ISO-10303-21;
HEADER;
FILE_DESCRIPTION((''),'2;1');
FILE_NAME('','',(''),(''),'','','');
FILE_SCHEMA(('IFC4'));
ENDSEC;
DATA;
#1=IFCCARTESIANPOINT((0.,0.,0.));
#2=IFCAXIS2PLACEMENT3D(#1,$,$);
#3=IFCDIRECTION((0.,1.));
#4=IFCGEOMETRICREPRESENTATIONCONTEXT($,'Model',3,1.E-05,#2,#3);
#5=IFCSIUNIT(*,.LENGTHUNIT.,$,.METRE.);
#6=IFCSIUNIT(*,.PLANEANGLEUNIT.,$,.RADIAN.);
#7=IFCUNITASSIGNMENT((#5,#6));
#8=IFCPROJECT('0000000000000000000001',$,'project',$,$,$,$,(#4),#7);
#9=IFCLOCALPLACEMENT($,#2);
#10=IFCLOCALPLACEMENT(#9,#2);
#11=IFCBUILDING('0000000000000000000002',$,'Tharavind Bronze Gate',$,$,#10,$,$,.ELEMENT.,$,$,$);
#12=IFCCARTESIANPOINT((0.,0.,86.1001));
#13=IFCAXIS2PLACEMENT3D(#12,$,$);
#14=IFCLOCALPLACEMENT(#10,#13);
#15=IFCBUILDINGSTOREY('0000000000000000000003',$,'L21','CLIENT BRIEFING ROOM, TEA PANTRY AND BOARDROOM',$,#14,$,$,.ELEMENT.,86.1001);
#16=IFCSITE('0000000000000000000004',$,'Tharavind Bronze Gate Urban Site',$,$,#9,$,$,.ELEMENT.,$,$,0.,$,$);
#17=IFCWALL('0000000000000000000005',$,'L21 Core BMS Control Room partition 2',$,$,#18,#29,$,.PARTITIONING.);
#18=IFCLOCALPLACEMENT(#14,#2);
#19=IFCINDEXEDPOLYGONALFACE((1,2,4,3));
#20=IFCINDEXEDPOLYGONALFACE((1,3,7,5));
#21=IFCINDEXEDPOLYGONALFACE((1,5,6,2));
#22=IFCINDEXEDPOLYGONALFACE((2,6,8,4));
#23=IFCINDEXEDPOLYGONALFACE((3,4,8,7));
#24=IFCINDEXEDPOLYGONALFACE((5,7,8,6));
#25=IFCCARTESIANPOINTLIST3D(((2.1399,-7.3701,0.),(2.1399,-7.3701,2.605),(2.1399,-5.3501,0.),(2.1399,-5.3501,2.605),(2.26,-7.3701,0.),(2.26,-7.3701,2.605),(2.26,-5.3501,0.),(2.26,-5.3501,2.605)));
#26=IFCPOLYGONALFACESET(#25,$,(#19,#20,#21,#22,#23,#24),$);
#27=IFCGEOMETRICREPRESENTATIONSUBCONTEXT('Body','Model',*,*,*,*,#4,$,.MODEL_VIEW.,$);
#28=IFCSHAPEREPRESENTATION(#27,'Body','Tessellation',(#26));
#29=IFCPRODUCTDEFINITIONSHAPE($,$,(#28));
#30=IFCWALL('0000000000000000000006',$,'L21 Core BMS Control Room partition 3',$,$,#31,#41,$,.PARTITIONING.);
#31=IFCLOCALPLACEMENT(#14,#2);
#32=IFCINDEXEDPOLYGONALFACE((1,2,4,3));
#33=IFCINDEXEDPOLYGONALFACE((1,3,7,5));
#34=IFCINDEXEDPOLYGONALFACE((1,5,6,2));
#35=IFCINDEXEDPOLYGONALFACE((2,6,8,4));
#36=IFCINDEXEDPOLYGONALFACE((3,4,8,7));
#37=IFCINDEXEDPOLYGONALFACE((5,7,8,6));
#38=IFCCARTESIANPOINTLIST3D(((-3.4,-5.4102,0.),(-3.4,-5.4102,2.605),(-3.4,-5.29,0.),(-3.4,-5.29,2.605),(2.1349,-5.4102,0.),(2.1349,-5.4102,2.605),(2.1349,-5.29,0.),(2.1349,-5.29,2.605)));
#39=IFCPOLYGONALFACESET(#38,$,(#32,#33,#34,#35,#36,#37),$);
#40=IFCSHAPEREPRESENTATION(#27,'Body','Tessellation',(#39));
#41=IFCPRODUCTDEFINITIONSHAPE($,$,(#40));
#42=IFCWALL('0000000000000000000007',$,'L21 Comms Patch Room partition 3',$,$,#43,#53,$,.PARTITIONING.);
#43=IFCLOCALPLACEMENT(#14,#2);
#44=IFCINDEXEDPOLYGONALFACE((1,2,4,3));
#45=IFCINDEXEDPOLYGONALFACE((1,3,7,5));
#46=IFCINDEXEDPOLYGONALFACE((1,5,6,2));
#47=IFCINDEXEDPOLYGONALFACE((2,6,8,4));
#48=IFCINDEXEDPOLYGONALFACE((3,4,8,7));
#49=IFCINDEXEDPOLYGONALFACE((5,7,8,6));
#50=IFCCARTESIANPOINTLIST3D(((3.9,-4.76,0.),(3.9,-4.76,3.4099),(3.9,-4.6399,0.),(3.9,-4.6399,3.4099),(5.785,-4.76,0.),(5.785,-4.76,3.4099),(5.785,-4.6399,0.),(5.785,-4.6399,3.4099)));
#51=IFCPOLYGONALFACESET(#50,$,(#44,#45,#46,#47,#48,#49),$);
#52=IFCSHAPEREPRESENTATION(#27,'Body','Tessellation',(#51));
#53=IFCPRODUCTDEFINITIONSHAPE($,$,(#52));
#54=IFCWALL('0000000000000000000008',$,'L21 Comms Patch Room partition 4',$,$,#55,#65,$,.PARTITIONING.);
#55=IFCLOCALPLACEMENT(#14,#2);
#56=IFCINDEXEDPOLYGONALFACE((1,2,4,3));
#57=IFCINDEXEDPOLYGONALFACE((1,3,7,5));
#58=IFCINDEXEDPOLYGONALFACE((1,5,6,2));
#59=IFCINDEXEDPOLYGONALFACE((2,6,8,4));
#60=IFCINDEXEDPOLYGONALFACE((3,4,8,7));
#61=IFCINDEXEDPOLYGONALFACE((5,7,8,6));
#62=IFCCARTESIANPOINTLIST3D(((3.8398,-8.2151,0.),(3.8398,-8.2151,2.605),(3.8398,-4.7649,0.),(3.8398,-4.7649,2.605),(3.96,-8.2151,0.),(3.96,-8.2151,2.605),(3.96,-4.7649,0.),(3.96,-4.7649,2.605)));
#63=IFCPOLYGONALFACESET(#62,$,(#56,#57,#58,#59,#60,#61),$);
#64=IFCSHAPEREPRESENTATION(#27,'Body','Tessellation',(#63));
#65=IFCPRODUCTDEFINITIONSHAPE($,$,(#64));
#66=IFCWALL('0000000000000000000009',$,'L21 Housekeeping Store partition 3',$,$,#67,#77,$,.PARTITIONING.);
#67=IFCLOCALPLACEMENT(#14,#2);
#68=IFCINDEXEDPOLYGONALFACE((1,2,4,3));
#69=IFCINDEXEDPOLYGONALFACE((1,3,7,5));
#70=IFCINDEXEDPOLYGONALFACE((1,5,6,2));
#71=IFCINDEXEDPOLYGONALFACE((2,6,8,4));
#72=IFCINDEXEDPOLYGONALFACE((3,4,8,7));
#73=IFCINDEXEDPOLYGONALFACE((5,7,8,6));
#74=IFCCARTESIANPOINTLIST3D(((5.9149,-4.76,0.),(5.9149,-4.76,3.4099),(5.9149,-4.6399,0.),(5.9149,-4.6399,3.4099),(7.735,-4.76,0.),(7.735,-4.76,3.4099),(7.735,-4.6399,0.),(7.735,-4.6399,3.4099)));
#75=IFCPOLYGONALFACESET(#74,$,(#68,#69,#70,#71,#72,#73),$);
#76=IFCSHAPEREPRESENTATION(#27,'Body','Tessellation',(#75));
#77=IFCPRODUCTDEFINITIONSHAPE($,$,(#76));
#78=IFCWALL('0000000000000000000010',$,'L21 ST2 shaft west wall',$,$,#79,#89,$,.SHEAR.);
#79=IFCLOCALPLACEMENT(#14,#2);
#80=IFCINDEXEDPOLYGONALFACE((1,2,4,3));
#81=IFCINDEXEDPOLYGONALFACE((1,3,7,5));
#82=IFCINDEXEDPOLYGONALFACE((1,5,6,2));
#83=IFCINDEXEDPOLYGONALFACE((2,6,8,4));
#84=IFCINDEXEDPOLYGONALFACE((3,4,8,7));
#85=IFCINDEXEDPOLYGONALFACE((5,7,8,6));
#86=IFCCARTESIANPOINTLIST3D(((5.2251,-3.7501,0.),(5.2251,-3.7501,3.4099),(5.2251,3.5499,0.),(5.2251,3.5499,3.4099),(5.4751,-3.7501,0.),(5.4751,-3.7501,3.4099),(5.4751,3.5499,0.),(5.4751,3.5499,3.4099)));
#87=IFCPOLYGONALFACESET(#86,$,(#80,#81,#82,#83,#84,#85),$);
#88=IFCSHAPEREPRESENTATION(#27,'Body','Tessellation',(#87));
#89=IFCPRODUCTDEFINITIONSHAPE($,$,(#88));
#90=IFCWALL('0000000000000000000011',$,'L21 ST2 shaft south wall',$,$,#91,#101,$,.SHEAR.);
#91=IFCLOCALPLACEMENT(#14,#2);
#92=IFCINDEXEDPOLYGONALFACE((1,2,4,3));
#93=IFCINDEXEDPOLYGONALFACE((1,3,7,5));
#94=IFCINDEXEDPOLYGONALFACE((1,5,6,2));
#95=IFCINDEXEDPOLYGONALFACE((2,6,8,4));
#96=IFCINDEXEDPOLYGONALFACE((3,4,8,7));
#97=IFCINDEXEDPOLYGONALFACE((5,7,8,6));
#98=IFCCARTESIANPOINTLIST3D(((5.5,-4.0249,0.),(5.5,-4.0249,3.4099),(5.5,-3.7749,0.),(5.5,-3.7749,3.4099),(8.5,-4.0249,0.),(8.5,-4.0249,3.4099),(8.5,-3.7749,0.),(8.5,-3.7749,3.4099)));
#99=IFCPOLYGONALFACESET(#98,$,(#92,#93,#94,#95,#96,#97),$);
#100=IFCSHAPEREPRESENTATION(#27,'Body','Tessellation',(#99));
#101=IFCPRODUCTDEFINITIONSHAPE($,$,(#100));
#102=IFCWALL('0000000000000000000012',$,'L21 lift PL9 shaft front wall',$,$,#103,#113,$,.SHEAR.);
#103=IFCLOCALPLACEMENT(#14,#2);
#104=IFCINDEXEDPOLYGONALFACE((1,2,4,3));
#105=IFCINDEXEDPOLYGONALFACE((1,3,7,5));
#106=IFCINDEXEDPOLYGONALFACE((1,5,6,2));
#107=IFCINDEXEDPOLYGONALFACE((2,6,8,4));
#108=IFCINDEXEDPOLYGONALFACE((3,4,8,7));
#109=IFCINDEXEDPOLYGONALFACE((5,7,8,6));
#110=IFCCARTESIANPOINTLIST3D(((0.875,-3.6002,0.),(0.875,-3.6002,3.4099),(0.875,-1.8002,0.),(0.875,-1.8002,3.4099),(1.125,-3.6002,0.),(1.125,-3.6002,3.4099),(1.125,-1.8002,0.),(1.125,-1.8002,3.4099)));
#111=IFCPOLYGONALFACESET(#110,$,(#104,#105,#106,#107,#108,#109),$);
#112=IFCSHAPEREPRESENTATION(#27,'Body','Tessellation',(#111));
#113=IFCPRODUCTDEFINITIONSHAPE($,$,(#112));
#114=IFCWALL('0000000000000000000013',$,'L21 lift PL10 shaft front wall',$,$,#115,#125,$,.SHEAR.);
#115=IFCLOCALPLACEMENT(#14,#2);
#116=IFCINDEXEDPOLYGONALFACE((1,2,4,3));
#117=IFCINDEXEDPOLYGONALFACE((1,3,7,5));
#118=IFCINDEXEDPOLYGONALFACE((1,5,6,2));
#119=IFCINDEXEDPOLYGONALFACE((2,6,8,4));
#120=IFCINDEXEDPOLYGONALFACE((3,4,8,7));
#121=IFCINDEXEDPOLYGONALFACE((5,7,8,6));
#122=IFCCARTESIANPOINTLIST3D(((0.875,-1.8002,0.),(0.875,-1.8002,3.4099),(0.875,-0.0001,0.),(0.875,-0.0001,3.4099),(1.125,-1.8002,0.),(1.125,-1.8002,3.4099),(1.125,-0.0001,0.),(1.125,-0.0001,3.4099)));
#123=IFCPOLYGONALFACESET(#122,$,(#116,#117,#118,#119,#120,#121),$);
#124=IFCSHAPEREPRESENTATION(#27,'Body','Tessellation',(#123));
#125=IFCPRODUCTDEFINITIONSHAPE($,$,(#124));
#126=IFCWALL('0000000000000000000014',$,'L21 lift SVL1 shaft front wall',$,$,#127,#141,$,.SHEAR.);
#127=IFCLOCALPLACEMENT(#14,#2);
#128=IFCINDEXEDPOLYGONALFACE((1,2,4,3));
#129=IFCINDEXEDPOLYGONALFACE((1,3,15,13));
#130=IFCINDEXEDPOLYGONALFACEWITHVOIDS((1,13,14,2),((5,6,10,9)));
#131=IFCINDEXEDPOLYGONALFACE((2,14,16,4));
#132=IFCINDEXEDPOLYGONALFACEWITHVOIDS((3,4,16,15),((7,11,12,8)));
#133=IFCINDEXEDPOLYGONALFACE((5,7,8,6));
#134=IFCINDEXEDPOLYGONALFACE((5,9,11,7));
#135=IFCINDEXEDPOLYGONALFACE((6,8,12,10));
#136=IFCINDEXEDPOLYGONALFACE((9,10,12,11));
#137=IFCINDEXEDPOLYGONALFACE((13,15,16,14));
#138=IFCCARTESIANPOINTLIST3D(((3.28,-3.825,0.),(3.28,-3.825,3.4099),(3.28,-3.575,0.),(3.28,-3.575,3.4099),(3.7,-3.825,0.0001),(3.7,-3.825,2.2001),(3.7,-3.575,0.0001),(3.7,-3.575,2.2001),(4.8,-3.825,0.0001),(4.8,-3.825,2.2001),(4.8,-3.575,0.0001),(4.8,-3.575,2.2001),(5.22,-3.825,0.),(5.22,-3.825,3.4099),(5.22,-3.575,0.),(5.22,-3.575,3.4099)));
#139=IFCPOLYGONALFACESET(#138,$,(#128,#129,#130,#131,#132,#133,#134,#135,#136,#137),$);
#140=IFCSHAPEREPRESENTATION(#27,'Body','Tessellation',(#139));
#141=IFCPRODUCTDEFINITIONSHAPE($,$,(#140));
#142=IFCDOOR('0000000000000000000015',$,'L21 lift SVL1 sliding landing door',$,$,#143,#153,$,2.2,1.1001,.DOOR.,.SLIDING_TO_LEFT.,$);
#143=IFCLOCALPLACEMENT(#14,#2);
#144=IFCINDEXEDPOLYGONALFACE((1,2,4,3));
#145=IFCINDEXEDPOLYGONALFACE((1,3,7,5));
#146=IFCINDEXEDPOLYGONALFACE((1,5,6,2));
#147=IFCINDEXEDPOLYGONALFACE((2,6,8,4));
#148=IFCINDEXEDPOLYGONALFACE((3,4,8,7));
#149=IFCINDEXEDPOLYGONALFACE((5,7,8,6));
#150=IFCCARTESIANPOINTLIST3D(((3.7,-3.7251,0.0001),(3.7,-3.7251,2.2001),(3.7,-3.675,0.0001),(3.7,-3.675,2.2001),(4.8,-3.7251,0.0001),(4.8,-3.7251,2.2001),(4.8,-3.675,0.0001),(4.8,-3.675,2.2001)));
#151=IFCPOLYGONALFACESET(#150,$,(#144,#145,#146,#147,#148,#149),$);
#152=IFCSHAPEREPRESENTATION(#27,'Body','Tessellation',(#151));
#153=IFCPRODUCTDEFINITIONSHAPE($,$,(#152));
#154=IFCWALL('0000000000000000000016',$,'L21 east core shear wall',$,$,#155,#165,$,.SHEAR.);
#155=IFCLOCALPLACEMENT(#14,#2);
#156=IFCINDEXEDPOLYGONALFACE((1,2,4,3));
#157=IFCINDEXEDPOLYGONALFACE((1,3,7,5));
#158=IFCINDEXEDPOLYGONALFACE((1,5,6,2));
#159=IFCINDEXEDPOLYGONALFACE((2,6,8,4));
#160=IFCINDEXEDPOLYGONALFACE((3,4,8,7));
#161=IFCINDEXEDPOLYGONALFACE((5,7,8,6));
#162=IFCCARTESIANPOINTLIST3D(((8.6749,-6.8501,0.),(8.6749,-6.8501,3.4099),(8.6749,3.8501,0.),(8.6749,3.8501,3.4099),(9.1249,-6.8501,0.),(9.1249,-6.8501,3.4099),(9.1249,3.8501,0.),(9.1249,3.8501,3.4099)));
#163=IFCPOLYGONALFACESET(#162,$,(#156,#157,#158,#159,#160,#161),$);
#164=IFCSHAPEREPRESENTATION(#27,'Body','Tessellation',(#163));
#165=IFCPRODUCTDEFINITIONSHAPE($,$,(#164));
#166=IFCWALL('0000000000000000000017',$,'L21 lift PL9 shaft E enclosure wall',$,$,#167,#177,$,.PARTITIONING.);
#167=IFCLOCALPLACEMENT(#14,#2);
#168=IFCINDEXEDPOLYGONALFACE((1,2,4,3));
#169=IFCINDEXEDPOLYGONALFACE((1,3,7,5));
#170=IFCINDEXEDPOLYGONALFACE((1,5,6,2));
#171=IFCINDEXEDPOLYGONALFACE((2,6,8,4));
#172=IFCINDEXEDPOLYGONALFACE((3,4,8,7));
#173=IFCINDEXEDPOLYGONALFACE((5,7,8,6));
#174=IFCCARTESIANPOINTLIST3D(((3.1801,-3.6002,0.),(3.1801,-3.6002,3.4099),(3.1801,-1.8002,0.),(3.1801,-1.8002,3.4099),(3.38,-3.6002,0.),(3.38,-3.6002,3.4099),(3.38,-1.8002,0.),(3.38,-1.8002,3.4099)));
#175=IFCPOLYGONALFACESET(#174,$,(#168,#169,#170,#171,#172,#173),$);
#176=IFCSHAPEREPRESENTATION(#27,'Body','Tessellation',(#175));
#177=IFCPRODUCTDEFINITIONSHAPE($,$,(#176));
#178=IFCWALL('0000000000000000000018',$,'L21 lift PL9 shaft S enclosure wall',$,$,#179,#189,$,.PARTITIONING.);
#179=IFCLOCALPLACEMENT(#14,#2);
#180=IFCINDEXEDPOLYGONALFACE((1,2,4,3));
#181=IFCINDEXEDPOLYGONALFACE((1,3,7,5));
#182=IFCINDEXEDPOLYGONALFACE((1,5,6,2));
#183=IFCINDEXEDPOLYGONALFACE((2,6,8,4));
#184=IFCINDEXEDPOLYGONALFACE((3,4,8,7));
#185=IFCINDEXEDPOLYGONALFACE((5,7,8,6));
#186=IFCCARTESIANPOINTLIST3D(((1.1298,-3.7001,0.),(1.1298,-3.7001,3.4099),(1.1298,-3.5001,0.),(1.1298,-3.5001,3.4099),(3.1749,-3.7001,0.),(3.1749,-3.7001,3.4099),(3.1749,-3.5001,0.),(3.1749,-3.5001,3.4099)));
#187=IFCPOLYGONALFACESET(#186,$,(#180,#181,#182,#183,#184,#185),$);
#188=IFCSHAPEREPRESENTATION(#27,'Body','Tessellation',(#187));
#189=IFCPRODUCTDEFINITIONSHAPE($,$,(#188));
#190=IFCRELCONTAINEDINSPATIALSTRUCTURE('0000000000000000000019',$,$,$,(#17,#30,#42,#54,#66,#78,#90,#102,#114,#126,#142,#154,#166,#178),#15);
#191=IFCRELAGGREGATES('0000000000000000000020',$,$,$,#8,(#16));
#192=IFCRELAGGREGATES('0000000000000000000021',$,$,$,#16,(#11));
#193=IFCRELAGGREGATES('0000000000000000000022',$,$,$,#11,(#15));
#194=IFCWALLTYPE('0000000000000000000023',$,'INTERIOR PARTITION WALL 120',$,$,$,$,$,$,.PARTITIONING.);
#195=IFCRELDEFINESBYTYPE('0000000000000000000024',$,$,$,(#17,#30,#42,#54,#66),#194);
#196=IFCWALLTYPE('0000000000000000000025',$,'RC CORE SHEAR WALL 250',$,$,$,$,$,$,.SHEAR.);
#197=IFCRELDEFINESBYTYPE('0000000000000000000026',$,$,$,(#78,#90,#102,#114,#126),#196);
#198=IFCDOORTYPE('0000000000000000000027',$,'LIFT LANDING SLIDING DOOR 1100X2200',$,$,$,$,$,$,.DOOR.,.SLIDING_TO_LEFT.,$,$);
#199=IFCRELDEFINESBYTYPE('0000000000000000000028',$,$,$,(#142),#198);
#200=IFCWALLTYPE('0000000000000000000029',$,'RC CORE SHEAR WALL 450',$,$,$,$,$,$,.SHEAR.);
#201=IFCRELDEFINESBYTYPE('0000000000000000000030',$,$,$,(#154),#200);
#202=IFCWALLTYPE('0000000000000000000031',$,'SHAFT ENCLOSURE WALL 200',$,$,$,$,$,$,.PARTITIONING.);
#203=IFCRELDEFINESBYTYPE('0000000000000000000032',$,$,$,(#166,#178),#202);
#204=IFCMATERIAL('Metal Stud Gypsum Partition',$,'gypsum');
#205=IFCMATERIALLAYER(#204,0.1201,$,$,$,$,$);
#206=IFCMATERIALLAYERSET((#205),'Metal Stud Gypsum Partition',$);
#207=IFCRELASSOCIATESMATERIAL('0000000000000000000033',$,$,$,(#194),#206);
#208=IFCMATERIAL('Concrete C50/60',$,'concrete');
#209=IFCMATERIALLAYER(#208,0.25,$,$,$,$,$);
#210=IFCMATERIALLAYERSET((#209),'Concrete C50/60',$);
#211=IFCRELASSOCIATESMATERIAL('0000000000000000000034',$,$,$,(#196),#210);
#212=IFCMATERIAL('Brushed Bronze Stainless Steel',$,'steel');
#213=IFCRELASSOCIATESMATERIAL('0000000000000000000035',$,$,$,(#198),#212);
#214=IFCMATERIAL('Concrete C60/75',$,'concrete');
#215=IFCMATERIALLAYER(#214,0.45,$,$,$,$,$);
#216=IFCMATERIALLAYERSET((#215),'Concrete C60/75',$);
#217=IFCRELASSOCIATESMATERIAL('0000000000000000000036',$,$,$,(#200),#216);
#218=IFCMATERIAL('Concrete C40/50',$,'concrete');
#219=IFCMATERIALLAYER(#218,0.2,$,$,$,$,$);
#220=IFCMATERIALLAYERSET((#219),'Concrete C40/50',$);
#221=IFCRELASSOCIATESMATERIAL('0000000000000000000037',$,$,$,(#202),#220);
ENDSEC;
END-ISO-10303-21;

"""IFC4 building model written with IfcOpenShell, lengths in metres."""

from ifc_helpers import new_model, si_unit, direction, frame, frame_2d, origin, place, context, subcontext, project, spatial, rectangle, extrude, material, layer, layer_set, type_object, element, fill, save


model = new_model("IFC4")

# Units and contexts
model_context = context("Model", 3, precision=1e-05, world=origin(), true_north=direction((0.0, 1.0)))
body_context = subcontext(model_context, "Body", "Model", "MODEL_VIEW")
ifc_project = project(units=[si_unit("LENGTHUNIT", "METRE"), si_unit("PLANEANGLEUNIT", "RADIAN")], contexts=[model_context])

# Site, building, storey
site_placement = place(None, origin())
site = spatial("IfcSite", under=ifc_project, at=site_placement, Name="Tharavind Bronze Gate Urban Site", CompositionType="ELEMENT", RefElevation=0.0)
building_placement = place(site_placement, origin())
building = spatial("IfcBuilding", under=site, at=building_placement, Name="Tharavind Bronze Gate", CompositionType="ELEMENT")
storey_placement = place(building_placement, frame((0.0, 0.0, 86.1001)))
storey = spatial("IfcBuildingStorey", under=building, at=storey_placement, Name="L21", Description="CLIENT BRIEFING ROOM, TEA PANTRY AND BOARDROOM", CompositionType="ELEMENT", Elevation=86.1001)

# Shared definitions
ifc_material_1 = material(Name="Concrete C60/75", Category="concrete")

# Walls
ifc_material_2 = material(Name="Metal Stud Gypsum Partition", Category="gypsum")
ifc_layer_1 = layer(ifc_material_2, 0.1201)
ifc_layer_set_1 = layer_set([ifc_layer_1], Name="Metal Stud Gypsum Partition")
wall_type_1 = type_object("IfcWallType", Name="INTERIOR PARTITION WALL 120", PredefinedType="PARTITIONING", material=ifc_layer_set_1)
wall_1_placement = place(storey_placement, frame((2.2, -7.3701, 0.0), z_axis=(0.0, 0.0, 1.0), x_axis=(0.0, 1.0, 0.0)))
element("IfcWall", 1, at=wall_1_placement, inside=storey, type_object=wall_type_1, Name="L21 Core BMS Control Room partition 2", PredefinedType="PARTITIONING", context=body_context, shape_type="SweptSolid", body=[
    extrude(rectangle(XDim=2.02, YDim=0.1201, at=frame_2d((1.01, 0.0))), origin(), (0.0, 0.0, 1.0), 2.605),
])
wall_2_placement = place(storey_placement, frame((2.135, -5.3501, 0.0), z_axis=(0.0, 0.0, 1.0), x_axis=(-1.0, 0.0, 0.0)))
element("IfcWall", 2, at=wall_2_placement, inside=storey, type_object=wall_type_1, Name="L21 Core BMS Control Room partition 3", PredefinedType="PARTITIONING", context=body_context, shape_type="SweptSolid", body=[
    extrude(rectangle(XDim=5.5349, YDim=0.1201, at=frame_2d((2.7676, 0.0))), origin(), (0.0, 0.0, 1.0), 2.605),
])
wall_3_placement = place(storey_placement, frame((5.7849, -4.7, 0.0), z_axis=(0.0, 0.0, 1.0), x_axis=(-1.0, 0.0, 0.0)))
element("IfcWall", 3, at=wall_3_placement, inside=storey, type_object=wall_type_1, Name="L21 Comms Patch Room partition 3", PredefinedType="PARTITIONING", context=body_context, shape_type="SweptSolid", body=[
    extrude(rectangle(XDim=1.885, YDim=0.1201, at=frame_2d((0.9424, 0.0))), origin(), (0.0, 0.0, 1.0), 3.4099),
])
wall_4_placement = place(storey_placement, frame((3.8999, -4.7649, 0.0), z_axis=(0.0, 0.0, 1.0), x_axis=(0.0, -1.0, 0.0)))
element("IfcWall", 4, at=wall_4_placement, inside=storey, type_object=wall_type_1, Name="L21 Comms Patch Room partition 4", PredefinedType="PARTITIONING", context=body_context, shape_type="SweptSolid", body=[
    extrude(rectangle(XDim=3.4502, YDim=0.1201, at=frame_2d((1.7251, 0.0))), origin(), (0.0, 0.0, 1.0), 2.605),
])
wall_5_placement = place(storey_placement, frame((7.7351, -4.7, 0.0), z_axis=(0.0, 0.0, 1.0), x_axis=(-1.0, 0.0, 0.0)))
element("IfcWall", 5, at=wall_5_placement, inside=storey, type_object=wall_type_1, Name="L21 Housekeeping Store partition 3", PredefinedType="PARTITIONING", context=body_context, shape_type="SweptSolid", body=[
    extrude(rectangle(XDim=1.8201, YDim=0.1201, at=frame_2d((0.9102, 0.0))), origin(), (0.0, 0.0, 1.0), 3.4099),
])
ifc_material_3 = material(Name="Concrete C50/60", Category="concrete")
ifc_layer_2 = layer(ifc_material_3, 0.25)
ifc_layer_set_2 = layer_set([ifc_layer_2], Name="Concrete C50/60")
wall_type_2 = type_object("IfcWallType", Name="RC CORE SHEAR WALL 250", PredefinedType="SHEAR", material=ifc_layer_set_2)
wall_6_placement = place(storey_placement, frame((5.3501, -3.75, 0.0), z_axis=(0.0, 0.0, 1.0), x_axis=(0.0, 1.0, 0.0)))
element("IfcWall", 6, at=wall_6_placement, inside=storey, type_object=wall_type_2, Name="L21 ST2 shaft west wall", PredefinedType="SHEAR", context=body_context, shape_type="SweptSolid", body=[
    extrude(rectangle(XDim=7.3, YDim=0.25, at=frame_2d((3.6499, 0.0))), origin(), (0.0, 0.0, 1.0), 3.4099),
])
wall_7_placement = place(storey_placement, frame((5.5, -3.8999, 0.0), z_axis=(0.0, 0.0, 1.0), x_axis=(1.0, 0.0, 0.0)))
element("IfcWall", 7, at=wall_7_placement, inside=storey, type_object=wall_type_2, Name="L21 ST2 shaft south wall", PredefinedType="SHEAR", context=body_context, shape_type="SweptSolid", body=[
    extrude(rectangle(XDim=3.0, YDim=0.25, at=frame_2d((1.5, 0.0))), origin(), (0.0, 0.0, 1.0), 3.4099),
])
for number, where, z_axis, x_axis, name in (
    (8, (1.0, -3.6001, 0.0), (0.0, 0.0, 1.0), (0.0, 1.0, 0.0), "L21 lift PL9 shaft front wall"),
    (9, (1.0, -1.8, 0.0), (0.0, 0.0, 1.0), (0.0, 1.0, 0.0), "L21 lift PL10 shaft front wall"),
):
    element("IfcWall", number, at=place(storey_placement, frame(where, z_axis=z_axis, x_axis=x_axis)), inside=storey, type_object=wall_type_2, Name=name, PredefinedType="SHEAR", context=body_context, shape_type="SweptSolid", body=[
        extrude(rectangle(XDim=1.8, YDim=0.25, at=frame_2d((0.8999, 0.0))), origin(), (0.0, 0.0, 1.0), 3.4099),
    ])

# Wall, opening, door
wall_8_placement = place(storey_placement, frame((3.28, -3.7, 0.0), z_axis=(0.0, 0.0, 1.0), x_axis=(1.0, 0.0, 0.0)))
wall_8 = element("IfcWall", 10, at=wall_8_placement, inside=storey, type_object=wall_type_2, Name="L21 lift SVL1 shaft front wall", PredefinedType="SHEAR", context=body_context, shape_type="SweptSolid", body=[
    extrude(rectangle(XDim=1.9399, YDim=0.25, at=frame_2d((0.97, 0.0))), origin(), (0.0, 0.0, 1.0), 3.4099),
])
opening_1_placement = place(wall_8_placement, frame((0.4199, 0.0, 0.0)))
opening_1 = element("IfcOpeningElement", 11, at=opening_1_placement, cuts=wall_8, PredefinedType="OPENING", context=body_context, shape_type="SweptSolid", body=[
    extrude(rectangle(XDim=1.1001, YDim=2.2, at=frame_2d((0.55, 1.1001))), frame((0.0, 0.135, 0.0), z_axis=(0.0, -1.0, 0.0), x_axis=(1.0, 0.0, 0.0)), (0.0, 0.0, 1.0), 0.27),
])
ifc_material_4 = material(Name="Brushed Bronze Stainless Steel", Category="steel")
door_type_1 = type_object("IfcDoorType", Name="LIFT LANDING SLIDING DOOR 1100X2200", OperationType="SLIDING_TO_LEFT", PredefinedType="DOOR", material=ifc_material_4)
door_1_placement = place(opening_1_placement, origin())
door_1 = element("IfcDoor", 12, at=door_1_placement, inside=storey, type_object=door_type_1, Name="L21 lift SVL1 sliding landing door", OperationType="SLIDING_TO_LEFT", OverallHeight=2.2, OverallWidth=1.1001, PredefinedType="DOOR", context=body_context, shape_type="SweptSolid", body=[
    extrude(rectangle(XDim=1.1001, YDim=2.2, at=frame_2d((0.55, 1.1001))), frame((0.0, 0.0249, 0.0), z_axis=(0.0, -1.0, 0.0), x_axis=(1.0, 0.0, 0.0)), (0.0, 0.0, 1.0), 0.05),
])
fill(opening_1, door_1)

# Walls
ifc_layer_3 = layer(ifc_material_1, 0.45)
ifc_layer_set_3 = layer_set([ifc_layer_3], Name="Concrete C60/75")
wall_type_3 = type_object("IfcWallType", Name="RC CORE SHEAR WALL 450", PredefinedType="SHEAR", material=ifc_layer_set_3)
wall_9_placement = place(storey_placement, frame((8.8999, -6.8501, 0.0), z_axis=(0.0, 0.0, 1.0), x_axis=(0.0, 1.0, 0.0)))
element("IfcWall", 13, at=wall_9_placement, inside=storey, type_object=wall_type_3, Name="L21 east core shear wall", PredefinedType="SHEAR", context=body_context, shape_type="SweptSolid", body=[
    extrude(rectangle(XDim=10.7002, YDim=0.45, at=frame_2d((5.3501, 0.0))), origin(), (0.0, 0.0, 1.0), 3.4099),
])
ifc_material_5 = material(Name="Concrete C40/50", Category="concrete")
ifc_layer_4 = layer(ifc_material_5, 0.2)
ifc_layer_set_4 = layer_set([ifc_layer_4], Name="Concrete C40/50")
wall_type_4 = type_object("IfcWallType", Name="SHAFT ENCLOSURE WALL 200", PredefinedType="PARTITIONING", material=ifc_layer_set_4)
wall_10_placement = place(storey_placement, frame((3.28, -3.6001, 0.0), z_axis=(0.0, 0.0, 1.0), x_axis=(0.0, 1.0, 0.0)))
element("IfcWall", 14, at=wall_10_placement, inside=storey, type_object=wall_type_4, Name="L21 lift PL9 shaft E enclosure wall", PredefinedType="PARTITIONING", context=body_context, shape_type="SweptSolid", body=[
    extrude(rectangle(XDim=1.8, YDim=0.2, at=frame_2d((0.8999, 0.0))), origin(), (0.0, 0.0, 1.0), 3.4099),
])
for number, where, z_axis, x_axis, name in (
    (15, (1.1299, -3.6001, 0.0), (0.0, 0.0, 1.0), (1.0, 0.0, 0.0), "L21 lift PL9 shaft S enclosure wall"),
):
    element("IfcWall", number, at=place(storey_placement, frame(where, z_axis=z_axis, x_axis=x_axis)), inside=storey, type_object=wall_type_4, Name=name, PredefinedType="PARTITIONING", context=body_context, shape_type="SweptSolid", body=[
        extrude(rectangle(XDim=2.0452, YDim=0.2, at=frame_2d((1.0225, 0.0))), origin(), (0.0, 0.0, 1.0), 3.4099),
    ])

save(model, "model.ifc")
